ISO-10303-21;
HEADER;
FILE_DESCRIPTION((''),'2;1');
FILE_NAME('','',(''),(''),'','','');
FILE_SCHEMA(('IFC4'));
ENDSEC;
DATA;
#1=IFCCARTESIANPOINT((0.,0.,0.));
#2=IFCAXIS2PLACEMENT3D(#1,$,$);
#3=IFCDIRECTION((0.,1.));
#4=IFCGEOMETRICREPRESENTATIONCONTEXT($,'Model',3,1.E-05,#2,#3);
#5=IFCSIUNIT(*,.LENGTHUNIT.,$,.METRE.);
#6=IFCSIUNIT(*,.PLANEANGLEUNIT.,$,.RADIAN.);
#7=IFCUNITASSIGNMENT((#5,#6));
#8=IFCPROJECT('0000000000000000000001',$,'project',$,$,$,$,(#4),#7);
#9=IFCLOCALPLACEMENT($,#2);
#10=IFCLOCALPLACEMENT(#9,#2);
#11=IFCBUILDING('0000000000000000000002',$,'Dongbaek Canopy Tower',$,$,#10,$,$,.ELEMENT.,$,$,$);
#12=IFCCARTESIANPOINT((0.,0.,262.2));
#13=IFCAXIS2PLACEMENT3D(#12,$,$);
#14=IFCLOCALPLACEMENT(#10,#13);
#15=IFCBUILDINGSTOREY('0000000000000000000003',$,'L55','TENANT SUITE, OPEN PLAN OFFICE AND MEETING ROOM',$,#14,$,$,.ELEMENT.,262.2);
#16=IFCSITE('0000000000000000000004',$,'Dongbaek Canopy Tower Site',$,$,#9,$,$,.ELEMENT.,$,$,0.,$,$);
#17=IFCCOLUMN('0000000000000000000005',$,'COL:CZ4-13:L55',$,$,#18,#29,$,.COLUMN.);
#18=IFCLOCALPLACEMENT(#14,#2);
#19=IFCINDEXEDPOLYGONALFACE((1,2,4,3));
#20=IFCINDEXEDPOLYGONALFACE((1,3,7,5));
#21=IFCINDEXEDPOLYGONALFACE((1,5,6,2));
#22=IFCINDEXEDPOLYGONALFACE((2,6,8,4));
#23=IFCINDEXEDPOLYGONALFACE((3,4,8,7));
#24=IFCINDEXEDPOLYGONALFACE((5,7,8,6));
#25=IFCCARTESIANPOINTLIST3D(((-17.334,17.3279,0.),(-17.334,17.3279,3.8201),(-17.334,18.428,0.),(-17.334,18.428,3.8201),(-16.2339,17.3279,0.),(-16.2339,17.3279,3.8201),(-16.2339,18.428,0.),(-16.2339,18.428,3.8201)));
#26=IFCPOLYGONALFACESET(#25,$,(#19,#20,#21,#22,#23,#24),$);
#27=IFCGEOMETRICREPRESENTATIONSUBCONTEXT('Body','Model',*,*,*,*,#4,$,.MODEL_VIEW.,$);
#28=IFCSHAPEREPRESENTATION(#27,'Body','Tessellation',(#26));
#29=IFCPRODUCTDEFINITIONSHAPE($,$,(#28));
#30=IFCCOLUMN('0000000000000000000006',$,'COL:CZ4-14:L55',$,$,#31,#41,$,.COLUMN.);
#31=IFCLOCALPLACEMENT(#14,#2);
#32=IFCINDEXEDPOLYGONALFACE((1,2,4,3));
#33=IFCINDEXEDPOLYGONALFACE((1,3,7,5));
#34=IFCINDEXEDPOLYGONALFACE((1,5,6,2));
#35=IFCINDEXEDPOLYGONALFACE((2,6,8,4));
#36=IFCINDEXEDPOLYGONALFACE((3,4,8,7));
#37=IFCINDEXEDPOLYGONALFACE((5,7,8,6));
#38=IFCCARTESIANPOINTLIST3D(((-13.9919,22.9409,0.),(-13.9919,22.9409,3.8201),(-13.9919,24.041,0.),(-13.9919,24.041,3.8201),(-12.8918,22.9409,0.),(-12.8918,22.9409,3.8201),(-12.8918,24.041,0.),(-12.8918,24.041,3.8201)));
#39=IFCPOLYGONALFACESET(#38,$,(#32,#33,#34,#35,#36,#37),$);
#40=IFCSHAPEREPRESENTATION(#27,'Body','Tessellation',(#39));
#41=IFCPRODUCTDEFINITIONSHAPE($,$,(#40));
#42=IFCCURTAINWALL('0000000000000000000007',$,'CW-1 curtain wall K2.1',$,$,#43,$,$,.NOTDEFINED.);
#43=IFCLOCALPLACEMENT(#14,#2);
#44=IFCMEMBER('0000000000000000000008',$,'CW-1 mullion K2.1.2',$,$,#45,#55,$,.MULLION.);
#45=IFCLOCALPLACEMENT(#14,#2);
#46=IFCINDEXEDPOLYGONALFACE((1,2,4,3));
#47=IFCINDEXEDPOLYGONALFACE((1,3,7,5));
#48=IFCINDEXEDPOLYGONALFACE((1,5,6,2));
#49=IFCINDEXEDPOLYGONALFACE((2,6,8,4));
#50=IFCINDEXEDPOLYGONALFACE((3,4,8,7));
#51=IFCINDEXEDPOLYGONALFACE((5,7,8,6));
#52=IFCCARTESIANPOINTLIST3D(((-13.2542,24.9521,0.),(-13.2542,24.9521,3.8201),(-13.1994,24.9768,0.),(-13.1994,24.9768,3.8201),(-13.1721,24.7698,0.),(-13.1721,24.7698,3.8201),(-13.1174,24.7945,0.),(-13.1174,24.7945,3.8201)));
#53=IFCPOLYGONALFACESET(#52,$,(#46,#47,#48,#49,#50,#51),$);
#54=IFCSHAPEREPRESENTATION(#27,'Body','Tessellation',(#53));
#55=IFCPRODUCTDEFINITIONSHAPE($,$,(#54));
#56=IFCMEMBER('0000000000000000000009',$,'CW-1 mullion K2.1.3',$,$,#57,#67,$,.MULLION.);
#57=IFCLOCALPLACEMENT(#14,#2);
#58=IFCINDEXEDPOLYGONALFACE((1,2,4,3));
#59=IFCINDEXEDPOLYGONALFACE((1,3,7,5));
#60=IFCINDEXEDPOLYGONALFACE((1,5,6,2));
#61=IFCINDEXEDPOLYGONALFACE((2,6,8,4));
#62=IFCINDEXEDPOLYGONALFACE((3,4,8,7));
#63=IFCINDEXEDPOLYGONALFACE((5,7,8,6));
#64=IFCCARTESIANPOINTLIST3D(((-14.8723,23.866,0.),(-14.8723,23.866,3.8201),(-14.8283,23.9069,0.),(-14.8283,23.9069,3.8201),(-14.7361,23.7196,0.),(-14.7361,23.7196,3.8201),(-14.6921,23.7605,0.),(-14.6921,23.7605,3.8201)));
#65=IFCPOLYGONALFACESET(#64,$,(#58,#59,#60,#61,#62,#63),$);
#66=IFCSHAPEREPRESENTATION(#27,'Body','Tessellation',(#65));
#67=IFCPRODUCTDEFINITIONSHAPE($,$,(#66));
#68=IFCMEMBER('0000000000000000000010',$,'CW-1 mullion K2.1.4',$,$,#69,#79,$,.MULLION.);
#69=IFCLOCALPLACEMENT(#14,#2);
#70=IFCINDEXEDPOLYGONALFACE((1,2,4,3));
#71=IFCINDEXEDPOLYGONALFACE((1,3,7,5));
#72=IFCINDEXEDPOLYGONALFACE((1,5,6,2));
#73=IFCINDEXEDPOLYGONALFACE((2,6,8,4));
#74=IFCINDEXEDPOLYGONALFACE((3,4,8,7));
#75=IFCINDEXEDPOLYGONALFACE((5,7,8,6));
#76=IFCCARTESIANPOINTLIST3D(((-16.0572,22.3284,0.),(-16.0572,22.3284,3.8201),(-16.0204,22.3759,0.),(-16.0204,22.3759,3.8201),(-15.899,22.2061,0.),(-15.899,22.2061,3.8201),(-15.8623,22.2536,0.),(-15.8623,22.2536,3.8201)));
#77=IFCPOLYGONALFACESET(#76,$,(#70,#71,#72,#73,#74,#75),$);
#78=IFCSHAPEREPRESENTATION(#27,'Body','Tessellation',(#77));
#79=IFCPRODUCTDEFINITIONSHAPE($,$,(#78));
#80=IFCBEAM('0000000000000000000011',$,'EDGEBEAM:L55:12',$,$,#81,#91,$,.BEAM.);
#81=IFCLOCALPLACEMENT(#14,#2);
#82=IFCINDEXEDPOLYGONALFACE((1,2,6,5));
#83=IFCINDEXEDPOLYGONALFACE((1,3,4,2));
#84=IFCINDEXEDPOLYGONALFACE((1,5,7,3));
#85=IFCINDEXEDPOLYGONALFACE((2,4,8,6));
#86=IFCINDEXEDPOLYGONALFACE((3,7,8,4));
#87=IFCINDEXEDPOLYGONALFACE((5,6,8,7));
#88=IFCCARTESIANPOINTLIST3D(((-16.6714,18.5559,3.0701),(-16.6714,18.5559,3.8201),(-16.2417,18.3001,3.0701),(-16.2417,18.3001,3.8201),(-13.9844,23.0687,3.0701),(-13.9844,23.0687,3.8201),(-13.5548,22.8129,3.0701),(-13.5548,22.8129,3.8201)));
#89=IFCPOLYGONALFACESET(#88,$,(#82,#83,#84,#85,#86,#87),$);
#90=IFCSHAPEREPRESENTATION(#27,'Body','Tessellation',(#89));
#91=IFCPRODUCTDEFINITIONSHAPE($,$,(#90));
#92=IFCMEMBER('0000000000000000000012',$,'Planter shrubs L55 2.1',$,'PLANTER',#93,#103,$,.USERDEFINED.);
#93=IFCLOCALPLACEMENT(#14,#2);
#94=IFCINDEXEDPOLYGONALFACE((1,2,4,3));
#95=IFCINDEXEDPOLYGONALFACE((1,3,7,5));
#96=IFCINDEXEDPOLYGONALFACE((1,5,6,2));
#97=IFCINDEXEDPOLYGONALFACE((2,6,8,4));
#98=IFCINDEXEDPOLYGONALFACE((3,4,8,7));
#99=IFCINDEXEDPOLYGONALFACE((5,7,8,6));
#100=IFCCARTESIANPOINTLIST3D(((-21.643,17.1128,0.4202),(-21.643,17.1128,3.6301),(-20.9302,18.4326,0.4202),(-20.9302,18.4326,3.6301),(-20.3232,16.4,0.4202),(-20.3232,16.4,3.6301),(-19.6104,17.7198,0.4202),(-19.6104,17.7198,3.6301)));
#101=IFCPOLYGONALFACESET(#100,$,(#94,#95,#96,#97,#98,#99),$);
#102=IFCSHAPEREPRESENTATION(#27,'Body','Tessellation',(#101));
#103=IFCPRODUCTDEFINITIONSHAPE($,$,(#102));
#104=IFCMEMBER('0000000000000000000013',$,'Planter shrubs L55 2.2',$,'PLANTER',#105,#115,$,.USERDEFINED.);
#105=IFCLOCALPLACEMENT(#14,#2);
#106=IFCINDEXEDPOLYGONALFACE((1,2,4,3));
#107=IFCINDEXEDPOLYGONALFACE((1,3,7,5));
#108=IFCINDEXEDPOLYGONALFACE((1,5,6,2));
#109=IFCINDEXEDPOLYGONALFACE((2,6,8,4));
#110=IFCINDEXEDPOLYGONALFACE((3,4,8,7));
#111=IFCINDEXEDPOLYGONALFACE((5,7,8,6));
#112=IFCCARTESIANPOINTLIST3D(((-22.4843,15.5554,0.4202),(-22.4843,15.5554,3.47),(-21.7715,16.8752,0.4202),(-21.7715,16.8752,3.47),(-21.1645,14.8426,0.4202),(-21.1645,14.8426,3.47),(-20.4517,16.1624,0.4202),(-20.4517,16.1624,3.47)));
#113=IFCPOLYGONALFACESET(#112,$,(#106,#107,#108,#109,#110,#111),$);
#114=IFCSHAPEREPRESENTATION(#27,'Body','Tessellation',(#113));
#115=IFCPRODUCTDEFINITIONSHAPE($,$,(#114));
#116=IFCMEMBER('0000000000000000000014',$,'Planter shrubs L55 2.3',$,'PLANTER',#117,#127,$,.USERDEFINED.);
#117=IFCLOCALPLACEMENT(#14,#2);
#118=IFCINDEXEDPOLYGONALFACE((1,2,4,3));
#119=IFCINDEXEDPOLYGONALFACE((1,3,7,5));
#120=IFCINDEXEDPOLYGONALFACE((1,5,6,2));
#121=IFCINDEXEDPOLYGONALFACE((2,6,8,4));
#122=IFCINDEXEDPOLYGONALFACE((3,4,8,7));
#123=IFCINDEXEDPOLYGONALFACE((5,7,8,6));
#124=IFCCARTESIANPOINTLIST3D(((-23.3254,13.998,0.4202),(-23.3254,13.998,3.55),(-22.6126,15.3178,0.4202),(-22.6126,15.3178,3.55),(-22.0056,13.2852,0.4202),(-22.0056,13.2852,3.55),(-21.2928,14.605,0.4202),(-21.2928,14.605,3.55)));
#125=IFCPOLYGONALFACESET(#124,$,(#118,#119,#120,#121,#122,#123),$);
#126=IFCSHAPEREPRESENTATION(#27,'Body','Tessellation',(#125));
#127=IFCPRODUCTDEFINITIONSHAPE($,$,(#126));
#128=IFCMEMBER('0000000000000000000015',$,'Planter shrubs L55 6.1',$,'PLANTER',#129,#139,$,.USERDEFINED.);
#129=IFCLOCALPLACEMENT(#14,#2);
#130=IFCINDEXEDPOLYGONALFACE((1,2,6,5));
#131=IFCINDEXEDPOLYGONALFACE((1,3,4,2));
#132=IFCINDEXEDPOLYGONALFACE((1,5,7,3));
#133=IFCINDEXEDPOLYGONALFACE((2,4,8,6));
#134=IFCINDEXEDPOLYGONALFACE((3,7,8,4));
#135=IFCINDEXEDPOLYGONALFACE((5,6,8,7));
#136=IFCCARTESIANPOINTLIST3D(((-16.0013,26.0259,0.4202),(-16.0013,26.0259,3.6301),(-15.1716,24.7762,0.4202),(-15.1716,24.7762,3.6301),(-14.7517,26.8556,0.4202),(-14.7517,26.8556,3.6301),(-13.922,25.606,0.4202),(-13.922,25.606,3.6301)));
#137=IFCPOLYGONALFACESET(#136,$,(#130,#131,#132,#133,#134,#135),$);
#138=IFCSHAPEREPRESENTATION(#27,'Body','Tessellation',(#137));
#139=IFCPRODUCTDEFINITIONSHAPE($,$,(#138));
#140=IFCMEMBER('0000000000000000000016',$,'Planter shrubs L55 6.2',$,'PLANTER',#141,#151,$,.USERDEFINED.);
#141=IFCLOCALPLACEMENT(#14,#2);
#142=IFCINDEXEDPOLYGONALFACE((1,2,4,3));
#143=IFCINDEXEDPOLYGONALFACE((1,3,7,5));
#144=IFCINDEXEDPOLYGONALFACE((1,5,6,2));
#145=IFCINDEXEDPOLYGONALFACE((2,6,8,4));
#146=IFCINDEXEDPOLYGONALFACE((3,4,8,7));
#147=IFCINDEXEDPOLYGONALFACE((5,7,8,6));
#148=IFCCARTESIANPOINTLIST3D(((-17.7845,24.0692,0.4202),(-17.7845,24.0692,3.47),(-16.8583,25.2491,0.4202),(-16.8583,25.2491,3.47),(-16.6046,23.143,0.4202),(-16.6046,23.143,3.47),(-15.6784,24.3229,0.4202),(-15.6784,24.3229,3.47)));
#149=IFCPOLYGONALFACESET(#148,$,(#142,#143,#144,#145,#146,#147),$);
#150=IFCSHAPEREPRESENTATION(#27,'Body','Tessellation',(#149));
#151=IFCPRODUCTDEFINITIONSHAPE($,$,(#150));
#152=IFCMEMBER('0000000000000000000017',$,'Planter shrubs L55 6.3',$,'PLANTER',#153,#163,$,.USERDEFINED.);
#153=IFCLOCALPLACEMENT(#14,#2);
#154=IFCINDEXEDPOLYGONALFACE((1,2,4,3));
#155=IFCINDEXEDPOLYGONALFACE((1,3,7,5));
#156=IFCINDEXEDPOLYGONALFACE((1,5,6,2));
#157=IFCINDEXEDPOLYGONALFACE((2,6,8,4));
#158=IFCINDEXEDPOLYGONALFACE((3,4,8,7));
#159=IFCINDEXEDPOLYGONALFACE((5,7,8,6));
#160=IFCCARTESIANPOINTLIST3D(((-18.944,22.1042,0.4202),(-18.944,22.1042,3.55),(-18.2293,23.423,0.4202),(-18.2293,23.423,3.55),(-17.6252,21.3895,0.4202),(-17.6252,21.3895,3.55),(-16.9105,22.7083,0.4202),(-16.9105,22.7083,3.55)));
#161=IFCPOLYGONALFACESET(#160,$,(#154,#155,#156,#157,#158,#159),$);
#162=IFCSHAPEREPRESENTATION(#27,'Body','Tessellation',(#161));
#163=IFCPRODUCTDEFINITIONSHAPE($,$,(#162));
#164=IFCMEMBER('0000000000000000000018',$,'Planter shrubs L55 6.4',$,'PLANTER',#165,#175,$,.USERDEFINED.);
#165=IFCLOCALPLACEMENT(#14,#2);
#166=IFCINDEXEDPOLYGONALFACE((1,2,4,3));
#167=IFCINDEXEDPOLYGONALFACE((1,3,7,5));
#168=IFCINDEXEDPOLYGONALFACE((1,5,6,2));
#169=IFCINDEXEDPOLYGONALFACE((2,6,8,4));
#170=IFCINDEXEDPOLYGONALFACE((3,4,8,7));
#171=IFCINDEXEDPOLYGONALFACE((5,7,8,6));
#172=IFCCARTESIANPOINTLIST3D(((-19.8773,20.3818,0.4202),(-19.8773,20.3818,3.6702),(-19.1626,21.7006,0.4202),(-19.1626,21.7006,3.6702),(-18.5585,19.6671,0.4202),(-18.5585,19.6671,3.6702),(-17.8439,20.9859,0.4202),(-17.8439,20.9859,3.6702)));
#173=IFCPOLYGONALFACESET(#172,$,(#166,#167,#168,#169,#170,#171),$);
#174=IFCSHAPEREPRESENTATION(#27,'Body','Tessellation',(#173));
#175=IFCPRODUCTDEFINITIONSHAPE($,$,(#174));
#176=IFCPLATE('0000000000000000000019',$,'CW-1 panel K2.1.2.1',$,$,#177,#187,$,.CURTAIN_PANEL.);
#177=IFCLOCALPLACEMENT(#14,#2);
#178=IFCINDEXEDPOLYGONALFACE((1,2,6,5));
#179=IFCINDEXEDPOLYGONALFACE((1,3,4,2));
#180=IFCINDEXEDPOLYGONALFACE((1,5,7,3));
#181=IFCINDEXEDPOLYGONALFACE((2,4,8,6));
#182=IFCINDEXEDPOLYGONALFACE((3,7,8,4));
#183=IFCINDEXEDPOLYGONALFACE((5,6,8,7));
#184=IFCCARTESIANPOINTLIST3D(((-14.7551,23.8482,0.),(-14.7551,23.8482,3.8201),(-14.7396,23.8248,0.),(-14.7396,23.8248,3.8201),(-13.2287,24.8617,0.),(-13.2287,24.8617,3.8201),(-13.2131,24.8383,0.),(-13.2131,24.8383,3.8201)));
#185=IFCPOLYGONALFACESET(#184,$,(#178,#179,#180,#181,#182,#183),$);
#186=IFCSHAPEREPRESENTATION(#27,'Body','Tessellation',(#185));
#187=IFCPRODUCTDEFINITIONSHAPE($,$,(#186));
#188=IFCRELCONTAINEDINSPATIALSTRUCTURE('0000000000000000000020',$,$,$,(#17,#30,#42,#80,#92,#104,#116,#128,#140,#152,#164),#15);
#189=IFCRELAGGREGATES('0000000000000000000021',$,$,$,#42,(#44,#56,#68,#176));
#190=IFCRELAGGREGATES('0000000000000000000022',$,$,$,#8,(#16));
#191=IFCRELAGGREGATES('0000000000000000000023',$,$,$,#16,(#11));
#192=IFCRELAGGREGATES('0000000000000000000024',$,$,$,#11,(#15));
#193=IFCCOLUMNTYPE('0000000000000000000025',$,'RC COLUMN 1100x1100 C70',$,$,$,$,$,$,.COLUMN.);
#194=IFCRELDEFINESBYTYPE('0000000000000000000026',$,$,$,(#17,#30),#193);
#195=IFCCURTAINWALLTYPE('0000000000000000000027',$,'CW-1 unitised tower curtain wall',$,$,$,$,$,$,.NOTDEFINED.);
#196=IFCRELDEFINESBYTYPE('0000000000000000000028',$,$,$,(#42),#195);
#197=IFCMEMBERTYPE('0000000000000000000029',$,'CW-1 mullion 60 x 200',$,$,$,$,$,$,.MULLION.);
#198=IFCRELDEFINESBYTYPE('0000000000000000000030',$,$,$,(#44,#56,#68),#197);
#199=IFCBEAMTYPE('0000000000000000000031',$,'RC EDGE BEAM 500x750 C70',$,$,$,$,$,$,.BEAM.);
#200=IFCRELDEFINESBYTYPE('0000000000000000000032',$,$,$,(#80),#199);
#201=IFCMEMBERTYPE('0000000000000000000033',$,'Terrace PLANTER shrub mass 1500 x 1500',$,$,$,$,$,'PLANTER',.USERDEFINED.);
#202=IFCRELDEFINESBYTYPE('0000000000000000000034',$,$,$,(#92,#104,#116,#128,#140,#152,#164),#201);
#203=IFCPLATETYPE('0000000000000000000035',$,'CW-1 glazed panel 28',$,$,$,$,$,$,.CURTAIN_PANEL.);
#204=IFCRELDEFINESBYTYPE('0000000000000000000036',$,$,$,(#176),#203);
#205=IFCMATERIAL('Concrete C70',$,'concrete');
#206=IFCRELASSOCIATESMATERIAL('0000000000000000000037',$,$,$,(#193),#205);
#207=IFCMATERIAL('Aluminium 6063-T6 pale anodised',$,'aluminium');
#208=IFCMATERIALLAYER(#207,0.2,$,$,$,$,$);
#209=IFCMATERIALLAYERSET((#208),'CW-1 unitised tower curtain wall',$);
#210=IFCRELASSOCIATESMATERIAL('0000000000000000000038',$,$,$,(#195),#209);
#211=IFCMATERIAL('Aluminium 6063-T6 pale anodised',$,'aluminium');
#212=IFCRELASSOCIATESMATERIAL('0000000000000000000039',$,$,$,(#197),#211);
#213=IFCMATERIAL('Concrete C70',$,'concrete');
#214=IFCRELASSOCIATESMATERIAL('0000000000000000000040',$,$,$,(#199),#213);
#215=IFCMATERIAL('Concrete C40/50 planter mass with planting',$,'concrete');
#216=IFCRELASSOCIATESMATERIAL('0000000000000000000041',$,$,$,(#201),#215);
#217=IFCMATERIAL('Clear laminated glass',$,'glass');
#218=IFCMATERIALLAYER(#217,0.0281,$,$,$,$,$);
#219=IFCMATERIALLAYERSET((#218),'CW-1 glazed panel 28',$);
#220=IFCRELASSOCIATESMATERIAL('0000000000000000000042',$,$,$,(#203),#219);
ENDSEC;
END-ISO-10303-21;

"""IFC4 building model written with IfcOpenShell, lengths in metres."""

from ifc_helpers import new_model, si_unit, direction, frame, origin, origin_2d, place, context, subcontext, project, spatial, rectangle, extrude, material, layer, layer_set, material_profile, profile_set, type_object, element, aggregate, save


model = new_model("IFC4")

# Units and contexts
model_context = context("Model", 3, precision=1e-05, world=origin(), true_north=direction((0.0, 1.0)))
body_context = subcontext(model_context, "Body", "Model", "MODEL_VIEW")
ifc_project = project(units=[si_unit("LENGTHUNIT", "METRE"), si_unit("PLANEANGLEUNIT", "RADIAN")], contexts=[model_context])

# Site, building, storey
site_placement = place(None, origin())
site = spatial("IfcSite", under=ifc_project, at=site_placement, Name="Dongbaek Canopy Tower Site", CompositionType="ELEMENT", RefElevation=0.0)
building_placement = place(site_placement, origin())
building = spatial("IfcBuilding", under=site, at=building_placement, Name="Dongbaek Canopy Tower", CompositionType="ELEMENT")
storey_placement = place(building_placement, frame((0.0, 0.0, 262.2)))
storey = spatial("IfcBuildingStorey", under=building, at=storey_placement, Name="L55", Description="TENANT SUITE, OPEN PLAN OFFICE AND MEETING ROOM", CompositionType="ELEMENT", Elevation=262.2)

# Columns
ifc_material_1 = material(Name="Concrete C70", Category="concrete")
ifc_material_profile_1 = material_profile(ifc_material_1, rectangle(XDim=1.1001, YDim=1.1001, at=origin_2d()), Name="RC COLUMN 1100x1100 C70")
ifc_profile_set_1 = profile_set([ifc_material_profile_1], Name="Concrete C70")
column_type = type_object("IfcColumnType", Name="RC COLUMN 1100x1100 C70", PredefinedType="COLUMN", material=ifc_profile_set_1)
for number, where, z_axis, x_axis, name in (
    (1, (-16.7839, 17.8779, 0.0), (0.0, 0.0, 1.0), (1.0, 0.0, 0.0), "COL:CZ4-13:L55"),
    (2, (-13.4419, 23.491, 0.0), (0.0, 0.0, 1.0), (1.0, 0.0, 0.0), "COL:CZ4-14:L55"),
):
    element("IfcColumn", number, at=place(storey_placement, frame(where, z_axis=z_axis, x_axis=x_axis)), inside=storey, type_object=column_type, Name=name, PredefinedType="COLUMN", context=body_context, shape_type="SweptSolid", body=[
        extrude(rectangle(XDim=1.1001, YDim=1.1001, at=origin_2d()), origin(), (0.0, 0.0, 1.0), 3.8201),
    ])

# Curtain wall, members
ifc_material_2 = material(Name="Aluminium 6063-T6 pale anodised", Category="aluminium")
ifc_layer_1 = layer(ifc_material_2, 0.2)
ifc_layer_set_1 = layer_set([ifc_layer_1], Name="CW-1 unitised tower curtain wall")
curtain_wall_type = type_object("IfcCurtainWallType", Name="CW-1 unitised tower curtain wall", PredefinedType="NOTDEFINED", material=ifc_layer_set_1)
curtain_wall_placement = place(storey_placement, origin())
curtain_wall = element("IfcCurtainWall", 3, at=curtain_wall_placement, inside=storey, type_object=curtain_wall_type, Name="CW-1 curtain wall K2.1", PredefinedType="NOTDEFINED")
ifc_material_3 = material(Name="Aluminium 6063-T6 pale anodised", Category="aluminium")
ifc_material_profile_2 = material_profile(ifc_material_3, rectangle(XDim=0.2, YDim=0.0601, at=origin_2d()), Name="CW-1 mullion 60 x 200")
ifc_profile_set_2 = profile_set([ifc_material_profile_2], Name="Aluminium 6063-T6 pale anodised")
member_type_1 = type_object("IfcMemberType", Name="CW-1 mullion 60 x 200", PredefinedType="MULLION", material=ifc_profile_set_2)
member_1_placement = place(storey_placement, frame((-13.1858, 24.8733, 0.0), z_axis=(0.0, 0.0, 1.0), x_axis=(-0.410472, 0.911873, 0.0)))
member_1 = element("IfcMember", 4, at=member_1_placement, type_object=member_type_1, Name="CW-1 mullion K2.1.2", PredefinedType="MULLION", context=body_context, shape_type="SweptSolid", body=[
    extrude(rectangle(XDim=0.2, YDim=0.0601, at=origin_2d()), origin(), (0.0, 0.0, 1.0), 3.8201),
])
member_2_placement = place(storey_placement, frame((-14.7822, 23.8132, 0.0), z_axis=(0.0, 0.0, 1.0), x_axis=(-0.681117, 0.732174, 0.0)))
member_2 = element("IfcMember", 5, at=member_2_placement, type_object=member_type_1, Name="CW-1 mullion K2.1.3", PredefinedType="MULLION", context=body_context, shape_type="SweptSolid", body=[
    extrude(rectangle(XDim=0.2, YDim=0.0601, at=origin_2d()), origin(), (0.0, 0.0, 1.0), 3.8201),
])
member_3_placement = place(storey_placement, frame((-15.9597, 22.291, 0.0), z_axis=(0.0, 0.0, 1.0), x_axis=(-0.791002, 0.611813, 0.0)))
member_3 = element("IfcMember", 6, at=member_3_placement, type_object=member_type_1, Name="CW-1 mullion K2.1.4", PredefinedType="MULLION", context=body_context, shape_type="SweptSolid", body=[
    extrude(rectangle(XDim=0.2, YDim=0.0601, at=origin_2d()), origin(), (0.0, 0.0, 1.0), 3.8201),
])

# Beam
ifc_material_4 = material(Name="Concrete C70", Category="concrete")
ifc_material_profile_3 = material_profile(ifc_material_4, rectangle(XDim=0.5, YDim=0.75, at=origin_2d()), Name="RC EDGE BEAM 500x750 C70")
ifc_profile_set_3 = profile_set([ifc_material_profile_3], Name="Concrete C70")
beam_type = type_object("IfcBeamType", Name="RC EDGE BEAM 500x750 C70", PredefinedType="BEAM", material=ifc_profile_set_3)
beam_placement = place(storey_placement, frame((-16.4565, 18.428, 3.4451), z_axis=(0.511588, 0.859231, 0.0), x_axis=(-0.859231, 0.511588, 0.0)))
element("IfcBeam", 7, at=beam_placement, inside=storey, type_object=beam_type, Name="EDGEBEAM:L55:12", PredefinedType="BEAM", context=body_context, shape_type="SweptSolid", body=[
    extrude(rectangle(XDim=0.5, YDim=0.75, at=origin_2d()), origin(), (0.0, 0.0, 1.0), 5.2522),
])

# Members
ifc_material_5 = material(Name="Concrete C40/50 planter mass with planting", Category="concrete")
ifc_material_profile_4 = material_profile(ifc_material_5, rectangle(XDim=1.5, YDim=1.5, at=origin_2d()), Name="Terrace PLANTER shrub mass 1500 x 1500")
ifc_profile_set_4 = profile_set([ifc_material_profile_4], Name="Concrete C40/50 planter mass with planting")
member_type_2 = type_object("IfcMemberType", Name="Terrace PLANTER shrub mass 1500 x 1500", ElementType="PLANTER", PredefinedType="USERDEFINED", material=ifc_profile_set_4)
member_4_placement = place(storey_placement, frame((-20.6267, 17.4163, 0.4202), z_axis=(0.0, 0.0, 1.0), x_axis=(-0.879877, 0.475202, 0.0)))
element("IfcMember", 8, at=member_4_placement, inside=storey, type_object=member_type_2, Name="Planter shrubs L55 2.1", ObjectType="PLANTER", PredefinedType="USERDEFINED", context=body_context, shape_type="SweptSolid", body=[
    extrude(rectangle(XDim=1.5, YDim=1.5, at=origin_2d()), origin(), (0.0, 0.0, 1.0), 3.21),
])
member_5_placement = place(storey_placement, frame((-21.468, 15.8589, 0.4202), z_axis=(0.0, 0.0, 1.0), x_axis=(-0.879877, 0.475202, 0.0)))
element("IfcMember", 9, at=member_5_placement, inside=storey, type_object=member_type_2, Name="Planter shrubs L55 2.2", ObjectType="PLANTER", PredefinedType="USERDEFINED", context=body_context, shape_type="SweptSolid", body=[
    extrude(rectangle(XDim=1.5, YDim=1.5, at=origin_2d()), origin(), (0.0, 0.0, 1.0), 3.0498),
])
member_6_placement = place(storey_placement, frame((-22.3091, 14.3015, 0.4202), z_axis=(0.0, 0.0, 1.0), x_axis=(-0.879877, 0.475202, 0.0)))
element("IfcMember", 10, at=member_6_placement, inside=storey, type_object=member_type_2, Name="Planter shrubs L55 2.3", ObjectType="PLANTER", PredefinedType="USERDEFINED", context=body_context, shape_type="SweptSolid", body=[
    extrude(rectangle(XDim=1.5, YDim=1.5, at=origin_2d()), origin(), (0.0, 0.0, 1.0), 3.1299),
])
member_7_placement = place(storey_placement, frame((-14.9617, 25.8159, 0.4202), z_axis=(0.0, 0.0, 1.0), x_axis=(-0.553141, 0.833088, 0.0)))
element("IfcMember", 11, at=member_7_placement, inside=storey, type_object=member_type_2, Name="Planter shrubs L55 6.1", ObjectType="PLANTER", PredefinedType="USERDEFINED", context=body_context, shape_type="SweptSolid", body=[
    extrude(rectangle(XDim=1.5, YDim=1.5, at=origin_2d()), origin(), (0.0, 0.0, 1.0), 3.21),
])
member_8_placement = place(storey_placement, frame((-16.7314, 24.196, 0.4202), z_axis=(0.0, 0.0, 1.0), x_axis=(-0.786623, 0.617433, 0.0)))
element("IfcMember", 12, at=member_8_placement, inside=storey, type_object=member_type_2, Name="Planter shrubs L55 6.2", ObjectType="PLANTER", PredefinedType="USERDEFINED", context=body_context, shape_type="SweptSolid", body=[
    extrude(rectangle(XDim=1.5, YDim=1.5, at=origin_2d()), origin(), (0.0, 0.0, 1.0), 3.0498),
])
member_9_placement = place(storey_placement, frame((-17.9272, 22.4062, 0.4202), z_axis=(0.0, 0.0, 1.0), x_axis=(-0.879194, 0.476463, 0.0)))
element("IfcMember", 13, at=member_9_placement, inside=storey, type_object=member_type_2, Name="Planter shrubs L55 6.3", ObjectType="PLANTER", PredefinedType="USERDEFINED", context=body_context, shape_type="SweptSolid", body=[
    extrude(rectangle(XDim=1.5, YDim=1.5, at=origin_2d()), origin(), (0.0, 0.0, 1.0), 3.1299),
])
member_10_placement = place(storey_placement, frame((-18.8606, 20.6838, 0.4202), z_axis=(0.0, 0.0, 1.0), x_axis=(-0.879194, 0.476463, 0.0)))
element("IfcMember", 14, at=member_10_placement, inside=storey, type_object=member_type_2, Name="Planter shrubs L55 6.4", ObjectType="PLANTER", PredefinedType="USERDEFINED", context=body_context, shape_type="SweptSolid", body=[
    extrude(rectangle(XDim=1.5, YDim=1.5, at=origin_2d()), origin(), (0.0, 0.0, 1.0), 3.25),
])

# Plate
ifc_material_6 = material(Name="Clear laminated glass", Category="glass")
ifc_layer_2 = layer(ifc_material_6, 0.0281)
ifc_layer_set_2 = layer_set([ifc_layer_2], Name="CW-1 glazed panel 28")
plate_type = type_object("IfcPlateType", Name="CW-1 glazed panel 28", PredefinedType="CURTAIN_PANEL", material=ifc_layer_set_2)
plate_1_placement = place(storey_placement, frame((-13.9841, 24.3433, 0.0), z_axis=(0.0, 0.0, 1.0), x_axis=(-0.833088, -0.553141, 0.0)))
plate_1 = element("IfcPlate", 15, at=plate_1_placement, type_object=plate_type, Name="CW-1 panel K2.1.2.1", PredefinedType="CURTAIN_PANEL", context=body_context, shape_type="SweptSolid", body=[
    extrude(rectangle(XDim=1.8323, YDim=0.0281, at=origin_2d()), origin(), (0.0, 0.0, 1.0), 3.8201),
])
aggregate(curtain_wall, [member_1, member_2, member_3, plate_1])

save(model, "model.ifc")
